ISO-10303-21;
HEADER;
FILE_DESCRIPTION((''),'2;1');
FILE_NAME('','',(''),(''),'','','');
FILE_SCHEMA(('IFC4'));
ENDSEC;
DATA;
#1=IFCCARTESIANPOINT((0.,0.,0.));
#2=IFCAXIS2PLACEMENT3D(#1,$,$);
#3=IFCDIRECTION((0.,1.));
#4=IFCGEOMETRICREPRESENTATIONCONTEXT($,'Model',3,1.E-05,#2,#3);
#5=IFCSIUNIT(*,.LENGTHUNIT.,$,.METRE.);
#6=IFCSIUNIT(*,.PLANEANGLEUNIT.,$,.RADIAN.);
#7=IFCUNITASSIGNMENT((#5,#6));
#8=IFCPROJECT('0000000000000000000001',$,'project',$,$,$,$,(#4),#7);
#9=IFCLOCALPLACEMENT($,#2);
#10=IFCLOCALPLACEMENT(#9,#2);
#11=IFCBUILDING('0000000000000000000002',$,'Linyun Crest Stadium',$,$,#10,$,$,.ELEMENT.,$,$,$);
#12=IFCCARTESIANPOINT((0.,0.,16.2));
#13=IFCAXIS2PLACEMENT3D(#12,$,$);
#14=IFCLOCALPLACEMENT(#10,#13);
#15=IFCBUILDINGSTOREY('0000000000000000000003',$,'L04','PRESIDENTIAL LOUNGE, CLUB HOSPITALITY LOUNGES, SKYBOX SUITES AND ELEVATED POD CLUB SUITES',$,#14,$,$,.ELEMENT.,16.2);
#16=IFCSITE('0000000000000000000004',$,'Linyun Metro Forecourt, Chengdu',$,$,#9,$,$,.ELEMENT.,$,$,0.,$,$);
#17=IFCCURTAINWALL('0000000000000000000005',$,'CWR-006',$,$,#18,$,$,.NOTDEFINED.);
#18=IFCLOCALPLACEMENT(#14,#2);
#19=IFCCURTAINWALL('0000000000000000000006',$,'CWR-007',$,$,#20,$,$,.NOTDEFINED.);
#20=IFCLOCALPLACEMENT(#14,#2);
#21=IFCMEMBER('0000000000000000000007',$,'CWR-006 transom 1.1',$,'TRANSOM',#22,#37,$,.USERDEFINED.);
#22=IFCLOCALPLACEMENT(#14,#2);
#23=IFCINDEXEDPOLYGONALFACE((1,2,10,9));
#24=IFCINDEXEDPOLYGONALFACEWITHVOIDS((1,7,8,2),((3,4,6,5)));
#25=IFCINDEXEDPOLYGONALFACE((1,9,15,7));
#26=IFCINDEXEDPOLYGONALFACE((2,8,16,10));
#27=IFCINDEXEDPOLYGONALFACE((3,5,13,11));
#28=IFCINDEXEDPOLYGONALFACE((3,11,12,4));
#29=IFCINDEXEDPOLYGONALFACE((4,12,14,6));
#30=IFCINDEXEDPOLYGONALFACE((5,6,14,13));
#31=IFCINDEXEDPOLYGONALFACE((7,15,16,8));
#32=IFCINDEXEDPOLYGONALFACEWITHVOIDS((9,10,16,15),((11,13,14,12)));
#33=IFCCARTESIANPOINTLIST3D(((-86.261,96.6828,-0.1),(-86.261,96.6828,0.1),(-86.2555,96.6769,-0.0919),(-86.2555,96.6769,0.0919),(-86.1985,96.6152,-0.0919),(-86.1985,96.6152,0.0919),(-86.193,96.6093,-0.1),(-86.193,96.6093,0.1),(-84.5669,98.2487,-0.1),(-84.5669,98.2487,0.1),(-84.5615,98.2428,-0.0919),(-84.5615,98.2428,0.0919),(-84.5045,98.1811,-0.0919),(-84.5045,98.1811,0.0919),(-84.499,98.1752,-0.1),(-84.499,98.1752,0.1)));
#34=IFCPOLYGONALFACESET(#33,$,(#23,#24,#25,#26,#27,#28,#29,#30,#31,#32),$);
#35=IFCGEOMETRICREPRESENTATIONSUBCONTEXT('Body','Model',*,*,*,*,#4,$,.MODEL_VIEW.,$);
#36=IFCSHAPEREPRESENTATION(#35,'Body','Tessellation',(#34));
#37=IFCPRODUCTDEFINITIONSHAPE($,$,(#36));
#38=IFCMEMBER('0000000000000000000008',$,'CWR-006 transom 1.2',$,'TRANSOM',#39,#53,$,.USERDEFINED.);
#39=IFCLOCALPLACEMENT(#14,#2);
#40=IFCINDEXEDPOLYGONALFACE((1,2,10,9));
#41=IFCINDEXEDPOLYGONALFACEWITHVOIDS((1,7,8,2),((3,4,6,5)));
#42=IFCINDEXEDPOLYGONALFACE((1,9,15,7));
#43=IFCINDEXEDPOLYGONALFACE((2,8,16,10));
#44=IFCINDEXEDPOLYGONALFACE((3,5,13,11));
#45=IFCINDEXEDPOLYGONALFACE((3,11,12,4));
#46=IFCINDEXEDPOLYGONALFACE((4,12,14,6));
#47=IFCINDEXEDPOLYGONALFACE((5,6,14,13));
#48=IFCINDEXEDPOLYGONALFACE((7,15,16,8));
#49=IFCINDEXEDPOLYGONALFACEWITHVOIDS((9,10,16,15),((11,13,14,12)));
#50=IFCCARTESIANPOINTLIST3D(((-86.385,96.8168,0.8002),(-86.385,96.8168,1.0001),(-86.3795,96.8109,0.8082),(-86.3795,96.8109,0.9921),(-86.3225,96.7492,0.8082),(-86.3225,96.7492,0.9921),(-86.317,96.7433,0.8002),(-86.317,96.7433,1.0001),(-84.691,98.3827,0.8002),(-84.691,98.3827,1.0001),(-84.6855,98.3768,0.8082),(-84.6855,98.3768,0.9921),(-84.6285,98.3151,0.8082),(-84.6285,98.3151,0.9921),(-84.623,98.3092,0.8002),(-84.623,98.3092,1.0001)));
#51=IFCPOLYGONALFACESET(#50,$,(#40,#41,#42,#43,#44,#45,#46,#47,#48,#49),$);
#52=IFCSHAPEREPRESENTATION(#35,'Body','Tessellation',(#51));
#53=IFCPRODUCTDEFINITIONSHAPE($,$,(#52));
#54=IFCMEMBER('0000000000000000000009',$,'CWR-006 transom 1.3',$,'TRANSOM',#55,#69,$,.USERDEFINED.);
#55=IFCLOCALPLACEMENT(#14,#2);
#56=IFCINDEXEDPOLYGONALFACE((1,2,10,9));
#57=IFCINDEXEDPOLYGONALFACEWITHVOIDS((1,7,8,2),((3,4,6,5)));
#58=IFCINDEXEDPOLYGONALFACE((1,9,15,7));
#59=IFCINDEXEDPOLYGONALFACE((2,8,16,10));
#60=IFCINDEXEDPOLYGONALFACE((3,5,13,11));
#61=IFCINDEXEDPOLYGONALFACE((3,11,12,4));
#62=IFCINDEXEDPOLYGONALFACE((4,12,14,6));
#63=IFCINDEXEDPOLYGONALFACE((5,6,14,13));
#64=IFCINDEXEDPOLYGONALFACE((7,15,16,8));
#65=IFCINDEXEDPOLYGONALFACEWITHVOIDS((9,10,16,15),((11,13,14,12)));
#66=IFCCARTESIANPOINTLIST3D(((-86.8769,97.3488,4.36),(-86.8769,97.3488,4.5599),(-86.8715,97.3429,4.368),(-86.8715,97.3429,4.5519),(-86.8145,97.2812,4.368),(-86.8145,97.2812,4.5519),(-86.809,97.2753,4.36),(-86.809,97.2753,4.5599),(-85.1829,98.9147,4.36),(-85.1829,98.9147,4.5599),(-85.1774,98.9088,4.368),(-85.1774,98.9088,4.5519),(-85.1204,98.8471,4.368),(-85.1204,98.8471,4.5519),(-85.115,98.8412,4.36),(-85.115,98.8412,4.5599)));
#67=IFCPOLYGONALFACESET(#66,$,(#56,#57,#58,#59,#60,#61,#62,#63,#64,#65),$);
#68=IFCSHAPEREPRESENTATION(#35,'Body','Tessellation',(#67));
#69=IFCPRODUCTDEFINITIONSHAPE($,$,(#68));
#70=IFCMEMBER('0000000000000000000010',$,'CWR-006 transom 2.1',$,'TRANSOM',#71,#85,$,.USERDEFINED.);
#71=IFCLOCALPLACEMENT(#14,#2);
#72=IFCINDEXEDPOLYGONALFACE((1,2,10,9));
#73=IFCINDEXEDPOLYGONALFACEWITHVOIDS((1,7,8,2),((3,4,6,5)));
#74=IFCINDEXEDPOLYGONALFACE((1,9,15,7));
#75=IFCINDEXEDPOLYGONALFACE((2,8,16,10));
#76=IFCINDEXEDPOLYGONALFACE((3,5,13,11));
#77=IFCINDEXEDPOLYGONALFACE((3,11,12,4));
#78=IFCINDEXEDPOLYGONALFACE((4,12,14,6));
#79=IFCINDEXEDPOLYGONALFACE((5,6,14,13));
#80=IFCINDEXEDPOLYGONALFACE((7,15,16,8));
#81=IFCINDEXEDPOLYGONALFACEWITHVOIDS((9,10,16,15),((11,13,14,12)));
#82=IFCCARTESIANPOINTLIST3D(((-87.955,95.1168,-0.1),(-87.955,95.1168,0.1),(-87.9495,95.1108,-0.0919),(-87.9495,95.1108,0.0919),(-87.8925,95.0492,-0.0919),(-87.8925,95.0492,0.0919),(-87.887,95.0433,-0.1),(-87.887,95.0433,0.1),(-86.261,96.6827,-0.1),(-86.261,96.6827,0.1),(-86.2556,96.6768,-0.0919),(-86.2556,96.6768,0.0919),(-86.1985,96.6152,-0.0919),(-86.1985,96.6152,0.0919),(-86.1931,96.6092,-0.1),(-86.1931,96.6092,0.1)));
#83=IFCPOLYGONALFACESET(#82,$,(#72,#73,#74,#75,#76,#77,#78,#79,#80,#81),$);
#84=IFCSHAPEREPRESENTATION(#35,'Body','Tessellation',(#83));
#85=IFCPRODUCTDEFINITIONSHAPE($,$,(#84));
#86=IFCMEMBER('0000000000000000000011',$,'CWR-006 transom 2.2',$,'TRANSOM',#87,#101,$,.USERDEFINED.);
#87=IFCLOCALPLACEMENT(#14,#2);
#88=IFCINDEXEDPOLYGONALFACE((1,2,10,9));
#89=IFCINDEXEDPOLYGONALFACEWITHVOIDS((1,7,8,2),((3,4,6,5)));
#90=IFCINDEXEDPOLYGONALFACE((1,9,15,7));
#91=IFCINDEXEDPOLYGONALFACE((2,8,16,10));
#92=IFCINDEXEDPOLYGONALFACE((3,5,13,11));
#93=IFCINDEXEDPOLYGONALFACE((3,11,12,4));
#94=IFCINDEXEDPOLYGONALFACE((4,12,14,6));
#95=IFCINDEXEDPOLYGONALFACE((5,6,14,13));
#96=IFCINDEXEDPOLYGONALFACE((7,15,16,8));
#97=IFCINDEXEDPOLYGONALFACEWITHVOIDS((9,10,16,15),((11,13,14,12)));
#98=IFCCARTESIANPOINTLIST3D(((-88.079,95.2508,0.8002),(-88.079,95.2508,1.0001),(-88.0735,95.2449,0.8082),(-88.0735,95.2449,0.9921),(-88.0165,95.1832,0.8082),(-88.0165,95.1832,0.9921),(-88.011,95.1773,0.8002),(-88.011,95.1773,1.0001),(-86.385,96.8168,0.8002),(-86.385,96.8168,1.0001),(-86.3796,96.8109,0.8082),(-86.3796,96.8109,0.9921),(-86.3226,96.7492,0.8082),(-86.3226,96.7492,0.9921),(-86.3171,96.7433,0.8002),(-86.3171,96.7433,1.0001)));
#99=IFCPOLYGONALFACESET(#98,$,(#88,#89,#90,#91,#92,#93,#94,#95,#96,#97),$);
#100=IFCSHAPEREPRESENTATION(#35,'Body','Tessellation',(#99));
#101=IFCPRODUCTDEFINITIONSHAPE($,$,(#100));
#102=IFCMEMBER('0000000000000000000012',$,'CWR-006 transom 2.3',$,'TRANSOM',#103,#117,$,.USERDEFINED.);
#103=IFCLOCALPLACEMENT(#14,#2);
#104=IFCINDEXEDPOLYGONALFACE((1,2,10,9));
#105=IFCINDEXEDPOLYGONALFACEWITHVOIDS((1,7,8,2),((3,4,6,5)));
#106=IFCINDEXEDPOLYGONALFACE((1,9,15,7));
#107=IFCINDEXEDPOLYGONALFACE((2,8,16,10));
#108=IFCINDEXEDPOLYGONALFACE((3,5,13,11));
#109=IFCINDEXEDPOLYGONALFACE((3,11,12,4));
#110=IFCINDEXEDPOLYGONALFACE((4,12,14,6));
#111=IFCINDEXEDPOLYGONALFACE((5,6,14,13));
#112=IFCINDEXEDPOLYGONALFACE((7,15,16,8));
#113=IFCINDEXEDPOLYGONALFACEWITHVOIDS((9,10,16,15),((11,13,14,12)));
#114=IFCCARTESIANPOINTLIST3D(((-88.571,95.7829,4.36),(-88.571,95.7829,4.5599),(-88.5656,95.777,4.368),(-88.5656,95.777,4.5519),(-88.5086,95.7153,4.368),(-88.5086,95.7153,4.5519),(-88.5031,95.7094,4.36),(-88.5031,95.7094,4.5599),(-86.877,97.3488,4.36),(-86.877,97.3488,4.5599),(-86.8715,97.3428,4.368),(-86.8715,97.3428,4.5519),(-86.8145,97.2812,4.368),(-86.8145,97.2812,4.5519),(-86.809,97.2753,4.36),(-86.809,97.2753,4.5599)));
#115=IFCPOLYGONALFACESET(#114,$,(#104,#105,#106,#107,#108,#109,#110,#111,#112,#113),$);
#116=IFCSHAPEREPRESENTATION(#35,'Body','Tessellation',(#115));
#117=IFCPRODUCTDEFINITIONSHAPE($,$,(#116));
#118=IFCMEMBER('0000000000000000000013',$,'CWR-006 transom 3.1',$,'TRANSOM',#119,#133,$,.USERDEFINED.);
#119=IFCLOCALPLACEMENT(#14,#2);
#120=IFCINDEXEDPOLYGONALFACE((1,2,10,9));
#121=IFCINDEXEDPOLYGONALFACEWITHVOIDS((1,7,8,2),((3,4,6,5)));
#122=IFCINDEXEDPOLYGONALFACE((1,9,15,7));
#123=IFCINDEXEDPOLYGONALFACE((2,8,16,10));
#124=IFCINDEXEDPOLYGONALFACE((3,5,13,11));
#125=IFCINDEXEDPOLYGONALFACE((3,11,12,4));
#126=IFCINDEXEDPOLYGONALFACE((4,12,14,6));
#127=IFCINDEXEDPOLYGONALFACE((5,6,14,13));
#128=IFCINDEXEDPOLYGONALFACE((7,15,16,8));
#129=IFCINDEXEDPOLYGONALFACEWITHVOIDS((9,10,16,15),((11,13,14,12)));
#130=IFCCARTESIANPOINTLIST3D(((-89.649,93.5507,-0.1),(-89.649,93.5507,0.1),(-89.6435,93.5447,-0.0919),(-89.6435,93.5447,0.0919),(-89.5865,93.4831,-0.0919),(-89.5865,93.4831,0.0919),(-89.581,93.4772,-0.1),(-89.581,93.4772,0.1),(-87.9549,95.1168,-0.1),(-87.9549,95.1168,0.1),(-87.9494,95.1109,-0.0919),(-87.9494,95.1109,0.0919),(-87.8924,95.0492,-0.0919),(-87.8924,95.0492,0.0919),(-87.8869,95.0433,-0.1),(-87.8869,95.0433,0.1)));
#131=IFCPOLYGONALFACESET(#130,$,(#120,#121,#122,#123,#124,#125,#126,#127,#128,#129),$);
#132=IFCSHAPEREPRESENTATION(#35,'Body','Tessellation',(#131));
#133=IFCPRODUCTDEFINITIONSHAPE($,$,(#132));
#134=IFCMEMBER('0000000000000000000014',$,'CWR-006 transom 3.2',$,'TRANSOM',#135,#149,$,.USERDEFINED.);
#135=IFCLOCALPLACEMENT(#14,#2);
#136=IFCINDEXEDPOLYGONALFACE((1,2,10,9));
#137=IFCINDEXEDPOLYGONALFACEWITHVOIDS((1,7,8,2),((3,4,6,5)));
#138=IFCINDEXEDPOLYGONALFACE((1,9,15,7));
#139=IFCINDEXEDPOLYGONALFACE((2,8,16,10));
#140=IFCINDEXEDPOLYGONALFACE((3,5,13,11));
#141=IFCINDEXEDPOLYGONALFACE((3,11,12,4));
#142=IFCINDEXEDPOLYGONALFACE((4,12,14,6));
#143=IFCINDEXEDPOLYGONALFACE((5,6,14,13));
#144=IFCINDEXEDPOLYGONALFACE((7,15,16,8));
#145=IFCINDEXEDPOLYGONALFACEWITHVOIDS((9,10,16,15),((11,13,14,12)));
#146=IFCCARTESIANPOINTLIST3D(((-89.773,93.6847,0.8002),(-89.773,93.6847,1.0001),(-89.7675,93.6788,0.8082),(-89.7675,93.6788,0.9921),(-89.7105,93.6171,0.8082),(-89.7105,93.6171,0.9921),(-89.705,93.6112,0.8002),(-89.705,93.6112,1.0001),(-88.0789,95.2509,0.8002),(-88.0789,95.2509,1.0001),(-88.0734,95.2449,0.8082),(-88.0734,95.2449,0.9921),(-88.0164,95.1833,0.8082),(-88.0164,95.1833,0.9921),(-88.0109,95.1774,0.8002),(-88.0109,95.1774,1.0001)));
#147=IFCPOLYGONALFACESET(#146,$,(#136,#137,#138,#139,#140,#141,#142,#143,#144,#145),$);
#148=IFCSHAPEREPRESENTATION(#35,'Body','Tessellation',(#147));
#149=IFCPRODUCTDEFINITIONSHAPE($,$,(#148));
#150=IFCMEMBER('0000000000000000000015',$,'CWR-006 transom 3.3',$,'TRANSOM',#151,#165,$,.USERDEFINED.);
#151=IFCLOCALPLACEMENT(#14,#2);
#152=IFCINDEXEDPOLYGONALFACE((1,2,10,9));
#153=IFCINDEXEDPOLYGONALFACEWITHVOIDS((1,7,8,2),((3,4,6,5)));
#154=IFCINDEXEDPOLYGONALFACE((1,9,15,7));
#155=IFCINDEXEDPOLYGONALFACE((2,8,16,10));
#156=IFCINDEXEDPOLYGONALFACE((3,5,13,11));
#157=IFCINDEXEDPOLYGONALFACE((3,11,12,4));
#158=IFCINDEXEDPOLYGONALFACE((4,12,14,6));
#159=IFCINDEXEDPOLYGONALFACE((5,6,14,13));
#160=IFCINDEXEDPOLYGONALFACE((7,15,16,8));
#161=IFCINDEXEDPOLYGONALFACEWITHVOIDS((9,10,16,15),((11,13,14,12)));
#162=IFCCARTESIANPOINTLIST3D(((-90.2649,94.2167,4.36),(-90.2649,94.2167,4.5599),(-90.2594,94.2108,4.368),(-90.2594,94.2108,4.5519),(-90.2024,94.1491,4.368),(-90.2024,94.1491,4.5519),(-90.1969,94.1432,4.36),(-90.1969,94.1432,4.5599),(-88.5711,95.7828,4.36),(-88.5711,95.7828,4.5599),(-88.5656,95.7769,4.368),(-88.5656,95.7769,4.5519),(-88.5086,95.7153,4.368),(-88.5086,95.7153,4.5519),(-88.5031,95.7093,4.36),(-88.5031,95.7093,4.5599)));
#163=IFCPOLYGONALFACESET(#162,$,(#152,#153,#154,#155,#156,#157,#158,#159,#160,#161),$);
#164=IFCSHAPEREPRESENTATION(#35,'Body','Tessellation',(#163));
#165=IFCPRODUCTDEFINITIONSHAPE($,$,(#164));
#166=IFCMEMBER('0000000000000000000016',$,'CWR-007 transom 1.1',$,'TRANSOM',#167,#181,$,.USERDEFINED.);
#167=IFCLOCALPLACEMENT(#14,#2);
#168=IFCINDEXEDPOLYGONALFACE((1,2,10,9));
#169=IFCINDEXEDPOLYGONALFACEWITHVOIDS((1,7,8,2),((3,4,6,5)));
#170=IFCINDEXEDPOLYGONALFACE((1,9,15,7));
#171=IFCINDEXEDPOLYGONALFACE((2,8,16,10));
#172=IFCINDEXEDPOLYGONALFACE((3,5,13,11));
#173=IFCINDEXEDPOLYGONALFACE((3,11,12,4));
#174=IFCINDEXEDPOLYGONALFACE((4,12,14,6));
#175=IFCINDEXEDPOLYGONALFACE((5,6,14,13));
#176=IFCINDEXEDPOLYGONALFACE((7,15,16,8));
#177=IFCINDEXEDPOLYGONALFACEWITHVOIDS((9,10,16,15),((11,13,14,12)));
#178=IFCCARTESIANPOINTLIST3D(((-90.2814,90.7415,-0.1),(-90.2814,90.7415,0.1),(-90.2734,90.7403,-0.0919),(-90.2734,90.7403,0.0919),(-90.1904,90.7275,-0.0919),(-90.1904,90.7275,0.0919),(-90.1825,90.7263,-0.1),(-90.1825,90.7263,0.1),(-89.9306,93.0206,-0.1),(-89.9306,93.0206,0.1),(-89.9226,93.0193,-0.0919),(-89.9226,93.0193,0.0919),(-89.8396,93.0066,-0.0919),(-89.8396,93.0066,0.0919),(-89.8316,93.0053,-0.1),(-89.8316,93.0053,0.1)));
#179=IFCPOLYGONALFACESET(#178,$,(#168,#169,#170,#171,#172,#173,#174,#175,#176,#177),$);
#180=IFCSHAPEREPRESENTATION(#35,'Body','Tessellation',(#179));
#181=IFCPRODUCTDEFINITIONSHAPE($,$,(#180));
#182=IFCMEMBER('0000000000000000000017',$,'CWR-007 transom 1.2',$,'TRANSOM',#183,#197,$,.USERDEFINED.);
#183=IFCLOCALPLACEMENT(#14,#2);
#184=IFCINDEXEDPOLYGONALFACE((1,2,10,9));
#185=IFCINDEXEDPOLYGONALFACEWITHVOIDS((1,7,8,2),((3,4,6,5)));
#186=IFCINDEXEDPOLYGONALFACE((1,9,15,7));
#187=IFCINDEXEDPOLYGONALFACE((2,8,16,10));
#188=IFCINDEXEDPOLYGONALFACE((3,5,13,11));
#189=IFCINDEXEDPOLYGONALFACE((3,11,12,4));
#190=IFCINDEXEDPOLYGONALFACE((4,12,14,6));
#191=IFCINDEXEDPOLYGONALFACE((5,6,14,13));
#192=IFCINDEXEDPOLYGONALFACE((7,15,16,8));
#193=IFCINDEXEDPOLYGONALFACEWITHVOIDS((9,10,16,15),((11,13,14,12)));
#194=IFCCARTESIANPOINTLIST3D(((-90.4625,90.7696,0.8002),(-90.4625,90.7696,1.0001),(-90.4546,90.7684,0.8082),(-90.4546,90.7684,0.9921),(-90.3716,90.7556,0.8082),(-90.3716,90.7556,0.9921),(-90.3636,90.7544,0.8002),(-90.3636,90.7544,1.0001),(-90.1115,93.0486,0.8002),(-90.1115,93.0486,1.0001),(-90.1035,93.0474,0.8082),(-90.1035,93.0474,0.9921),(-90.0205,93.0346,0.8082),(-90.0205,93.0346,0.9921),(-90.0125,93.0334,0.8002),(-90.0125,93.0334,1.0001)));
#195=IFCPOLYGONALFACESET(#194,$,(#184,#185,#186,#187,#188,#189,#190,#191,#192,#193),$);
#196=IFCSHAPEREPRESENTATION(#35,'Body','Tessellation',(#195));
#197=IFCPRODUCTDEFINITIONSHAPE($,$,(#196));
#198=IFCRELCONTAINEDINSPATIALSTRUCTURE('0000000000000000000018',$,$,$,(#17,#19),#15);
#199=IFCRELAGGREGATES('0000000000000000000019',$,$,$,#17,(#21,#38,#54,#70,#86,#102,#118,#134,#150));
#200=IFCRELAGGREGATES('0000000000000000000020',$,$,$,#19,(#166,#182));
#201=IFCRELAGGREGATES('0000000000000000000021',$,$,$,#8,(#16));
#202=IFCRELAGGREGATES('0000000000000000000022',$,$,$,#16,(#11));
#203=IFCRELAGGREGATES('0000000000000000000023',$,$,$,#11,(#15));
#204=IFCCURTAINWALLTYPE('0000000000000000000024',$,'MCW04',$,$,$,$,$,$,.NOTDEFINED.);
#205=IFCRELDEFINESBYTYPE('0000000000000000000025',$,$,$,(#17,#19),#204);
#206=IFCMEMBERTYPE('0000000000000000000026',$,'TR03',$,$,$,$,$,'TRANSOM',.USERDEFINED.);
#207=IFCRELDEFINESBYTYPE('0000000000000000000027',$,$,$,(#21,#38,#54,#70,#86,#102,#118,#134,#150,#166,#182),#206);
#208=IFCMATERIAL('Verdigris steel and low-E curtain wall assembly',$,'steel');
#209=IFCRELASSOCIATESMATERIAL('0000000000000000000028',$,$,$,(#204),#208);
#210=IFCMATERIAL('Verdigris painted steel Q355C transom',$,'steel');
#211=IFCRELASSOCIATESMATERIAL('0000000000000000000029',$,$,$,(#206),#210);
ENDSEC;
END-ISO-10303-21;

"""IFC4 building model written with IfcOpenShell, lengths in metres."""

from ifc_helpers import new_model, si_unit, direction, frame, origin, origin_2d, place, context, subcontext, project, spatial, hollow_rectangle, extrude, material, material_profile, profile_set, type_object, element, aggregate, save


model = new_model("IFC4")

# Units and contexts
model_context = context("Model", 3, precision=1e-05, world=origin(), true_north=direction((0.0, 1.0)))
body_context = subcontext(model_context, "Body", "Model", "MODEL_VIEW")
ifc_project = project(units=[si_unit("LENGTHUNIT", "METRE"), si_unit("PLANEANGLEUNIT", "RADIAN")], contexts=[model_context])

# Site, building, storey
site_placement = place(None, origin())
site = spatial("IfcSite", under=ifc_project, at=site_placement, Name="Linyun Metro Forecourt, Chengdu", CompositionType="ELEMENT", RefElevation=0.0)
building_placement = place(site_placement, origin())
building = spatial("IfcBuilding", under=site, at=building_placement, Name="Linyun Crest Stadium", CompositionType="ELEMENT")
storey_placement = place(building_placement, frame((0.0, 0.0, 16.2)))
storey = spatial("IfcBuildingStorey", under=building, at=storey_placement, Name="L04", Description="PRESIDENTIAL LOUNGE, CLUB HOSPITALITY LOUNGES, SKYBOX SUITES AND ELEVATED POD CLUB SUITES", CompositionType="ELEMENT", Elevation=16.2)

# Curtain wall
ifc_material_1 = material(Name="Verdigris steel and low-E curtain wall assembly", Category="steel")
curtain_wall_type = type_object("IfcCurtainWallType", Name="MCW04", PredefinedType="NOTDEFINED", material=ifc_material_1)
curtain_wall_1_placement = place(storey_placement, origin())
curtain_wall_1 = element("IfcCurtainWall", 1, at=curtain_wall_1_placement, inside=storey, type_object=curtain_wall_type, Name="CWR-006", PredefinedType="NOTDEFINED")

# Curtain wall
curtain_wall_2_placement = place(storey_placement, origin())
curtain_wall_2 = element("IfcCurtainWall", 2, at=curtain_wall_2_placement, inside=storey, type_object=curtain_wall_type, Name="CWR-007", PredefinedType="NOTDEFINED")

# Members
ifc_material_2 = material(Name="Verdigris painted steel Q355C transom", Category="steel")
ifc_material_profile_1 = material_profile(ifc_material_2, hollow_rectangle(XDim=0.1001, YDim=0.2, WallThickness=0.0081, at=origin_2d()), Name="RHS 200x100x8")
ifc_profile_set_1 = profile_set([ifc_material_profile_1], Name="Verdigris painted steel Q355C transom")
member_type_1 = type_object("IfcMemberType", Name="TR03", ElementType="TRANSOM", PredefinedType="USERDEFINED", material=ifc_profile_set_1)
member_1_placement = place(storey_placement, frame((-84.533, 98.2119, 0.0), z_axis=(-0.734341, -0.678781, 0.0), x_axis=(0.678781, -0.734341, 0.0)))
member_1 = element("IfcMember", 3, at=member_1_placement, type_object=member_type_1, Name="CWR-006 transom 1.1", ObjectType="TRANSOM", PredefinedType="USERDEFINED", context=body_context, shape_type="SweptSolid", body=[
    extrude(hollow_rectangle(XDim=0.1001, YDim=0.2, WallThickness=0.0081, at=origin_2d()), origin(), (0.0, 0.0, 1.0), 2.3069),
])
member_2_placement = place(storey_placement, frame((-84.657, 98.3459, 0.9001), z_axis=(-0.734341, -0.678781, 0.0), x_axis=(0.678781, -0.734341, 0.0)))
member_2 = element("IfcMember", 4, at=member_2_placement, type_object=member_type_1, Name="CWR-006 transom 1.2", ObjectType="TRANSOM", PredefinedType="USERDEFINED", context=body_context, shape_type="SweptSolid", body=[
    extrude(hollow_rectangle(XDim=0.1001, YDim=0.2, WallThickness=0.0081, at=origin_2d()), origin(), (0.0, 0.0, 1.0), 2.3069),
])
member_3_placement = place(storey_placement, frame((-85.1489, 98.8779, 4.46), z_axis=(-0.734341, -0.678781, 0.0), x_axis=(0.678781, -0.734341, 0.0)))
member_3 = element("IfcMember", 5, at=member_3_placement, type_object=member_type_1, Name="CWR-006 transom 1.3", ObjectType="TRANSOM", PredefinedType="USERDEFINED", context=body_context, shape_type="SweptSolid", body=[
    extrude(hollow_rectangle(XDim=0.1001, YDim=0.2, WallThickness=0.0081, at=origin_2d()), origin(), (0.0, 0.0, 1.0), 2.3069),
])
member_4_placement = place(storey_placement, frame((-86.2271, 96.646, 0.0), z_axis=(-0.734292, -0.678834, 0.0), x_axis=(0.678834, -0.734292, 0.0)))
member_4 = element("IfcMember", 6, at=member_4_placement, type_object=member_type_1, Name="CWR-006 transom 2.1", ObjectType="TRANSOM", PredefinedType="USERDEFINED", context=body_context, shape_type="SweptSolid", body=[
    extrude(hollow_rectangle(XDim=0.1001, YDim=0.2, WallThickness=0.0081, at=origin_2d()), origin(), (0.0, 0.0, 1.0), 2.3069),
])
member_5_placement = place(storey_placement, frame((-86.3511, 96.78, 0.9001), z_axis=(-0.734292, -0.678834, 0.0), x_axis=(0.678834, -0.734292, 0.0)))
member_5 = element("IfcMember", 7, at=member_5_placement, type_object=member_type_1, Name="CWR-006 transom 2.2", ObjectType="TRANSOM", PredefinedType="USERDEFINED", context=body_context, shape_type="SweptSolid", body=[
    extrude(hollow_rectangle(XDim=0.1001, YDim=0.2, WallThickness=0.0081, at=origin_2d()), origin(), (0.0, 0.0, 1.0), 2.3069),
])
member_6_placement = place(storey_placement, frame((-86.843, 97.312, 4.46), z_axis=(-0.734341, -0.678781, 0.0), x_axis=(0.678781, -0.734341, 0.0)))
member_6 = element("IfcMember", 8, at=member_6_placement, type_object=member_type_1, Name="CWR-006 transom 2.3", ObjectType="TRANSOM", PredefinedType="USERDEFINED", context=body_context, shape_type="SweptSolid", body=[
    extrude(hollow_rectangle(XDim=0.1001, YDim=0.2, WallThickness=0.0081, at=origin_2d()), origin(), (0.0, 0.0, 1.0), 2.3069),
])
member_7_placement = place(storey_placement, frame((-87.9209, 95.0801, 0.0), z_axis=(-0.734288, -0.678838, 0.0), x_axis=(0.678838, -0.734288, 0.0)))
member_7 = element("IfcMember", 9, at=member_7_placement, type_object=member_type_1, Name="CWR-006 transom 3.1", ObjectType="TRANSOM", PredefinedType="USERDEFINED", context=body_context, shape_type="SweptSolid", body=[
    extrude(hollow_rectangle(XDim=0.1001, YDim=0.2, WallThickness=0.0081, at=origin_2d()), origin(), (0.0, 0.0, 1.0), 2.3071),
])
member_8_placement = place(storey_placement, frame((-88.0449, 95.2141, 0.9001), z_axis=(-0.734288, -0.678838, 0.0), x_axis=(0.678838, -0.734288, 0.0)))
member_8 = element("IfcMember", 10, at=member_8_placement, type_object=member_type_1, Name="CWR-006 transom 3.2", ObjectType="TRANSOM", PredefinedType="USERDEFINED", context=body_context, shape_type="SweptSolid", body=[
    extrude(hollow_rectangle(XDim=0.1001, YDim=0.2, WallThickness=0.0081, at=origin_2d()), origin(), (0.0, 0.0, 1.0), 2.3071),
])
member_9_placement = place(storey_placement, frame((-88.5371, 95.7461, 4.46), z_axis=(-0.734239, -0.678891, 0.0), x_axis=(0.678891, -0.734239, 0.0)))
member_9 = element("IfcMember", 11, at=member_9_placement, type_object=member_type_1, Name="CWR-006 transom 3.3", ObjectType="TRANSOM", PredefinedType="USERDEFINED", context=body_context, shape_type="SweptSolid", body=[
    extrude(hollow_rectangle(XDim=0.1001, YDim=0.2, WallThickness=0.0081, at=origin_2d()), origin(), (0.0, 0.0, 1.0), 2.3069),
])
member_10_placement = place(storey_placement, frame((-89.8811, 93.0129, 0.0), z_axis=(-0.152145, -0.988358, 0.0), x_axis=(0.988358, -0.152145, 0.0)))
member_10 = element("IfcMember", 12, at=member_10_placement, type_object=member_type_1, Name="CWR-007 transom 1.1", ObjectType="TRANSOM", PredefinedType="USERDEFINED", context=body_context, shape_type="SweptSolid", body=[
    extrude(hollow_rectangle(XDim=0.1001, YDim=0.2, WallThickness=0.0081, at=origin_2d()), origin(), (0.0, 0.0, 1.0), 2.3059),
])
member_11_placement = place(storey_placement, frame((-90.062, 93.041, 0.9001), z_axis=(-0.152248, -0.988342, 0.0), x_axis=(0.988342, -0.152248, 0.0)))
member_11 = element("IfcMember", 13, at=member_11_placement, type_object=member_type_1, Name="CWR-007 transom 1.2", ObjectType="TRANSOM", PredefinedType="USERDEFINED", context=body_context, shape_type="SweptSolid", body=[
    extrude(hollow_rectangle(XDim=0.1001, YDim=0.2, WallThickness=0.0081, at=origin_2d()), origin(), (0.0, 0.0, 1.0), 2.3059),
])

aggregate(curtain_wall_1, [member_1, member_2, member_3, member_4, member_5, member_6, member_7, member_8, member_9])
aggregate(curtain_wall_2, [member_10, member_11])

save(model, "model.ifc")
